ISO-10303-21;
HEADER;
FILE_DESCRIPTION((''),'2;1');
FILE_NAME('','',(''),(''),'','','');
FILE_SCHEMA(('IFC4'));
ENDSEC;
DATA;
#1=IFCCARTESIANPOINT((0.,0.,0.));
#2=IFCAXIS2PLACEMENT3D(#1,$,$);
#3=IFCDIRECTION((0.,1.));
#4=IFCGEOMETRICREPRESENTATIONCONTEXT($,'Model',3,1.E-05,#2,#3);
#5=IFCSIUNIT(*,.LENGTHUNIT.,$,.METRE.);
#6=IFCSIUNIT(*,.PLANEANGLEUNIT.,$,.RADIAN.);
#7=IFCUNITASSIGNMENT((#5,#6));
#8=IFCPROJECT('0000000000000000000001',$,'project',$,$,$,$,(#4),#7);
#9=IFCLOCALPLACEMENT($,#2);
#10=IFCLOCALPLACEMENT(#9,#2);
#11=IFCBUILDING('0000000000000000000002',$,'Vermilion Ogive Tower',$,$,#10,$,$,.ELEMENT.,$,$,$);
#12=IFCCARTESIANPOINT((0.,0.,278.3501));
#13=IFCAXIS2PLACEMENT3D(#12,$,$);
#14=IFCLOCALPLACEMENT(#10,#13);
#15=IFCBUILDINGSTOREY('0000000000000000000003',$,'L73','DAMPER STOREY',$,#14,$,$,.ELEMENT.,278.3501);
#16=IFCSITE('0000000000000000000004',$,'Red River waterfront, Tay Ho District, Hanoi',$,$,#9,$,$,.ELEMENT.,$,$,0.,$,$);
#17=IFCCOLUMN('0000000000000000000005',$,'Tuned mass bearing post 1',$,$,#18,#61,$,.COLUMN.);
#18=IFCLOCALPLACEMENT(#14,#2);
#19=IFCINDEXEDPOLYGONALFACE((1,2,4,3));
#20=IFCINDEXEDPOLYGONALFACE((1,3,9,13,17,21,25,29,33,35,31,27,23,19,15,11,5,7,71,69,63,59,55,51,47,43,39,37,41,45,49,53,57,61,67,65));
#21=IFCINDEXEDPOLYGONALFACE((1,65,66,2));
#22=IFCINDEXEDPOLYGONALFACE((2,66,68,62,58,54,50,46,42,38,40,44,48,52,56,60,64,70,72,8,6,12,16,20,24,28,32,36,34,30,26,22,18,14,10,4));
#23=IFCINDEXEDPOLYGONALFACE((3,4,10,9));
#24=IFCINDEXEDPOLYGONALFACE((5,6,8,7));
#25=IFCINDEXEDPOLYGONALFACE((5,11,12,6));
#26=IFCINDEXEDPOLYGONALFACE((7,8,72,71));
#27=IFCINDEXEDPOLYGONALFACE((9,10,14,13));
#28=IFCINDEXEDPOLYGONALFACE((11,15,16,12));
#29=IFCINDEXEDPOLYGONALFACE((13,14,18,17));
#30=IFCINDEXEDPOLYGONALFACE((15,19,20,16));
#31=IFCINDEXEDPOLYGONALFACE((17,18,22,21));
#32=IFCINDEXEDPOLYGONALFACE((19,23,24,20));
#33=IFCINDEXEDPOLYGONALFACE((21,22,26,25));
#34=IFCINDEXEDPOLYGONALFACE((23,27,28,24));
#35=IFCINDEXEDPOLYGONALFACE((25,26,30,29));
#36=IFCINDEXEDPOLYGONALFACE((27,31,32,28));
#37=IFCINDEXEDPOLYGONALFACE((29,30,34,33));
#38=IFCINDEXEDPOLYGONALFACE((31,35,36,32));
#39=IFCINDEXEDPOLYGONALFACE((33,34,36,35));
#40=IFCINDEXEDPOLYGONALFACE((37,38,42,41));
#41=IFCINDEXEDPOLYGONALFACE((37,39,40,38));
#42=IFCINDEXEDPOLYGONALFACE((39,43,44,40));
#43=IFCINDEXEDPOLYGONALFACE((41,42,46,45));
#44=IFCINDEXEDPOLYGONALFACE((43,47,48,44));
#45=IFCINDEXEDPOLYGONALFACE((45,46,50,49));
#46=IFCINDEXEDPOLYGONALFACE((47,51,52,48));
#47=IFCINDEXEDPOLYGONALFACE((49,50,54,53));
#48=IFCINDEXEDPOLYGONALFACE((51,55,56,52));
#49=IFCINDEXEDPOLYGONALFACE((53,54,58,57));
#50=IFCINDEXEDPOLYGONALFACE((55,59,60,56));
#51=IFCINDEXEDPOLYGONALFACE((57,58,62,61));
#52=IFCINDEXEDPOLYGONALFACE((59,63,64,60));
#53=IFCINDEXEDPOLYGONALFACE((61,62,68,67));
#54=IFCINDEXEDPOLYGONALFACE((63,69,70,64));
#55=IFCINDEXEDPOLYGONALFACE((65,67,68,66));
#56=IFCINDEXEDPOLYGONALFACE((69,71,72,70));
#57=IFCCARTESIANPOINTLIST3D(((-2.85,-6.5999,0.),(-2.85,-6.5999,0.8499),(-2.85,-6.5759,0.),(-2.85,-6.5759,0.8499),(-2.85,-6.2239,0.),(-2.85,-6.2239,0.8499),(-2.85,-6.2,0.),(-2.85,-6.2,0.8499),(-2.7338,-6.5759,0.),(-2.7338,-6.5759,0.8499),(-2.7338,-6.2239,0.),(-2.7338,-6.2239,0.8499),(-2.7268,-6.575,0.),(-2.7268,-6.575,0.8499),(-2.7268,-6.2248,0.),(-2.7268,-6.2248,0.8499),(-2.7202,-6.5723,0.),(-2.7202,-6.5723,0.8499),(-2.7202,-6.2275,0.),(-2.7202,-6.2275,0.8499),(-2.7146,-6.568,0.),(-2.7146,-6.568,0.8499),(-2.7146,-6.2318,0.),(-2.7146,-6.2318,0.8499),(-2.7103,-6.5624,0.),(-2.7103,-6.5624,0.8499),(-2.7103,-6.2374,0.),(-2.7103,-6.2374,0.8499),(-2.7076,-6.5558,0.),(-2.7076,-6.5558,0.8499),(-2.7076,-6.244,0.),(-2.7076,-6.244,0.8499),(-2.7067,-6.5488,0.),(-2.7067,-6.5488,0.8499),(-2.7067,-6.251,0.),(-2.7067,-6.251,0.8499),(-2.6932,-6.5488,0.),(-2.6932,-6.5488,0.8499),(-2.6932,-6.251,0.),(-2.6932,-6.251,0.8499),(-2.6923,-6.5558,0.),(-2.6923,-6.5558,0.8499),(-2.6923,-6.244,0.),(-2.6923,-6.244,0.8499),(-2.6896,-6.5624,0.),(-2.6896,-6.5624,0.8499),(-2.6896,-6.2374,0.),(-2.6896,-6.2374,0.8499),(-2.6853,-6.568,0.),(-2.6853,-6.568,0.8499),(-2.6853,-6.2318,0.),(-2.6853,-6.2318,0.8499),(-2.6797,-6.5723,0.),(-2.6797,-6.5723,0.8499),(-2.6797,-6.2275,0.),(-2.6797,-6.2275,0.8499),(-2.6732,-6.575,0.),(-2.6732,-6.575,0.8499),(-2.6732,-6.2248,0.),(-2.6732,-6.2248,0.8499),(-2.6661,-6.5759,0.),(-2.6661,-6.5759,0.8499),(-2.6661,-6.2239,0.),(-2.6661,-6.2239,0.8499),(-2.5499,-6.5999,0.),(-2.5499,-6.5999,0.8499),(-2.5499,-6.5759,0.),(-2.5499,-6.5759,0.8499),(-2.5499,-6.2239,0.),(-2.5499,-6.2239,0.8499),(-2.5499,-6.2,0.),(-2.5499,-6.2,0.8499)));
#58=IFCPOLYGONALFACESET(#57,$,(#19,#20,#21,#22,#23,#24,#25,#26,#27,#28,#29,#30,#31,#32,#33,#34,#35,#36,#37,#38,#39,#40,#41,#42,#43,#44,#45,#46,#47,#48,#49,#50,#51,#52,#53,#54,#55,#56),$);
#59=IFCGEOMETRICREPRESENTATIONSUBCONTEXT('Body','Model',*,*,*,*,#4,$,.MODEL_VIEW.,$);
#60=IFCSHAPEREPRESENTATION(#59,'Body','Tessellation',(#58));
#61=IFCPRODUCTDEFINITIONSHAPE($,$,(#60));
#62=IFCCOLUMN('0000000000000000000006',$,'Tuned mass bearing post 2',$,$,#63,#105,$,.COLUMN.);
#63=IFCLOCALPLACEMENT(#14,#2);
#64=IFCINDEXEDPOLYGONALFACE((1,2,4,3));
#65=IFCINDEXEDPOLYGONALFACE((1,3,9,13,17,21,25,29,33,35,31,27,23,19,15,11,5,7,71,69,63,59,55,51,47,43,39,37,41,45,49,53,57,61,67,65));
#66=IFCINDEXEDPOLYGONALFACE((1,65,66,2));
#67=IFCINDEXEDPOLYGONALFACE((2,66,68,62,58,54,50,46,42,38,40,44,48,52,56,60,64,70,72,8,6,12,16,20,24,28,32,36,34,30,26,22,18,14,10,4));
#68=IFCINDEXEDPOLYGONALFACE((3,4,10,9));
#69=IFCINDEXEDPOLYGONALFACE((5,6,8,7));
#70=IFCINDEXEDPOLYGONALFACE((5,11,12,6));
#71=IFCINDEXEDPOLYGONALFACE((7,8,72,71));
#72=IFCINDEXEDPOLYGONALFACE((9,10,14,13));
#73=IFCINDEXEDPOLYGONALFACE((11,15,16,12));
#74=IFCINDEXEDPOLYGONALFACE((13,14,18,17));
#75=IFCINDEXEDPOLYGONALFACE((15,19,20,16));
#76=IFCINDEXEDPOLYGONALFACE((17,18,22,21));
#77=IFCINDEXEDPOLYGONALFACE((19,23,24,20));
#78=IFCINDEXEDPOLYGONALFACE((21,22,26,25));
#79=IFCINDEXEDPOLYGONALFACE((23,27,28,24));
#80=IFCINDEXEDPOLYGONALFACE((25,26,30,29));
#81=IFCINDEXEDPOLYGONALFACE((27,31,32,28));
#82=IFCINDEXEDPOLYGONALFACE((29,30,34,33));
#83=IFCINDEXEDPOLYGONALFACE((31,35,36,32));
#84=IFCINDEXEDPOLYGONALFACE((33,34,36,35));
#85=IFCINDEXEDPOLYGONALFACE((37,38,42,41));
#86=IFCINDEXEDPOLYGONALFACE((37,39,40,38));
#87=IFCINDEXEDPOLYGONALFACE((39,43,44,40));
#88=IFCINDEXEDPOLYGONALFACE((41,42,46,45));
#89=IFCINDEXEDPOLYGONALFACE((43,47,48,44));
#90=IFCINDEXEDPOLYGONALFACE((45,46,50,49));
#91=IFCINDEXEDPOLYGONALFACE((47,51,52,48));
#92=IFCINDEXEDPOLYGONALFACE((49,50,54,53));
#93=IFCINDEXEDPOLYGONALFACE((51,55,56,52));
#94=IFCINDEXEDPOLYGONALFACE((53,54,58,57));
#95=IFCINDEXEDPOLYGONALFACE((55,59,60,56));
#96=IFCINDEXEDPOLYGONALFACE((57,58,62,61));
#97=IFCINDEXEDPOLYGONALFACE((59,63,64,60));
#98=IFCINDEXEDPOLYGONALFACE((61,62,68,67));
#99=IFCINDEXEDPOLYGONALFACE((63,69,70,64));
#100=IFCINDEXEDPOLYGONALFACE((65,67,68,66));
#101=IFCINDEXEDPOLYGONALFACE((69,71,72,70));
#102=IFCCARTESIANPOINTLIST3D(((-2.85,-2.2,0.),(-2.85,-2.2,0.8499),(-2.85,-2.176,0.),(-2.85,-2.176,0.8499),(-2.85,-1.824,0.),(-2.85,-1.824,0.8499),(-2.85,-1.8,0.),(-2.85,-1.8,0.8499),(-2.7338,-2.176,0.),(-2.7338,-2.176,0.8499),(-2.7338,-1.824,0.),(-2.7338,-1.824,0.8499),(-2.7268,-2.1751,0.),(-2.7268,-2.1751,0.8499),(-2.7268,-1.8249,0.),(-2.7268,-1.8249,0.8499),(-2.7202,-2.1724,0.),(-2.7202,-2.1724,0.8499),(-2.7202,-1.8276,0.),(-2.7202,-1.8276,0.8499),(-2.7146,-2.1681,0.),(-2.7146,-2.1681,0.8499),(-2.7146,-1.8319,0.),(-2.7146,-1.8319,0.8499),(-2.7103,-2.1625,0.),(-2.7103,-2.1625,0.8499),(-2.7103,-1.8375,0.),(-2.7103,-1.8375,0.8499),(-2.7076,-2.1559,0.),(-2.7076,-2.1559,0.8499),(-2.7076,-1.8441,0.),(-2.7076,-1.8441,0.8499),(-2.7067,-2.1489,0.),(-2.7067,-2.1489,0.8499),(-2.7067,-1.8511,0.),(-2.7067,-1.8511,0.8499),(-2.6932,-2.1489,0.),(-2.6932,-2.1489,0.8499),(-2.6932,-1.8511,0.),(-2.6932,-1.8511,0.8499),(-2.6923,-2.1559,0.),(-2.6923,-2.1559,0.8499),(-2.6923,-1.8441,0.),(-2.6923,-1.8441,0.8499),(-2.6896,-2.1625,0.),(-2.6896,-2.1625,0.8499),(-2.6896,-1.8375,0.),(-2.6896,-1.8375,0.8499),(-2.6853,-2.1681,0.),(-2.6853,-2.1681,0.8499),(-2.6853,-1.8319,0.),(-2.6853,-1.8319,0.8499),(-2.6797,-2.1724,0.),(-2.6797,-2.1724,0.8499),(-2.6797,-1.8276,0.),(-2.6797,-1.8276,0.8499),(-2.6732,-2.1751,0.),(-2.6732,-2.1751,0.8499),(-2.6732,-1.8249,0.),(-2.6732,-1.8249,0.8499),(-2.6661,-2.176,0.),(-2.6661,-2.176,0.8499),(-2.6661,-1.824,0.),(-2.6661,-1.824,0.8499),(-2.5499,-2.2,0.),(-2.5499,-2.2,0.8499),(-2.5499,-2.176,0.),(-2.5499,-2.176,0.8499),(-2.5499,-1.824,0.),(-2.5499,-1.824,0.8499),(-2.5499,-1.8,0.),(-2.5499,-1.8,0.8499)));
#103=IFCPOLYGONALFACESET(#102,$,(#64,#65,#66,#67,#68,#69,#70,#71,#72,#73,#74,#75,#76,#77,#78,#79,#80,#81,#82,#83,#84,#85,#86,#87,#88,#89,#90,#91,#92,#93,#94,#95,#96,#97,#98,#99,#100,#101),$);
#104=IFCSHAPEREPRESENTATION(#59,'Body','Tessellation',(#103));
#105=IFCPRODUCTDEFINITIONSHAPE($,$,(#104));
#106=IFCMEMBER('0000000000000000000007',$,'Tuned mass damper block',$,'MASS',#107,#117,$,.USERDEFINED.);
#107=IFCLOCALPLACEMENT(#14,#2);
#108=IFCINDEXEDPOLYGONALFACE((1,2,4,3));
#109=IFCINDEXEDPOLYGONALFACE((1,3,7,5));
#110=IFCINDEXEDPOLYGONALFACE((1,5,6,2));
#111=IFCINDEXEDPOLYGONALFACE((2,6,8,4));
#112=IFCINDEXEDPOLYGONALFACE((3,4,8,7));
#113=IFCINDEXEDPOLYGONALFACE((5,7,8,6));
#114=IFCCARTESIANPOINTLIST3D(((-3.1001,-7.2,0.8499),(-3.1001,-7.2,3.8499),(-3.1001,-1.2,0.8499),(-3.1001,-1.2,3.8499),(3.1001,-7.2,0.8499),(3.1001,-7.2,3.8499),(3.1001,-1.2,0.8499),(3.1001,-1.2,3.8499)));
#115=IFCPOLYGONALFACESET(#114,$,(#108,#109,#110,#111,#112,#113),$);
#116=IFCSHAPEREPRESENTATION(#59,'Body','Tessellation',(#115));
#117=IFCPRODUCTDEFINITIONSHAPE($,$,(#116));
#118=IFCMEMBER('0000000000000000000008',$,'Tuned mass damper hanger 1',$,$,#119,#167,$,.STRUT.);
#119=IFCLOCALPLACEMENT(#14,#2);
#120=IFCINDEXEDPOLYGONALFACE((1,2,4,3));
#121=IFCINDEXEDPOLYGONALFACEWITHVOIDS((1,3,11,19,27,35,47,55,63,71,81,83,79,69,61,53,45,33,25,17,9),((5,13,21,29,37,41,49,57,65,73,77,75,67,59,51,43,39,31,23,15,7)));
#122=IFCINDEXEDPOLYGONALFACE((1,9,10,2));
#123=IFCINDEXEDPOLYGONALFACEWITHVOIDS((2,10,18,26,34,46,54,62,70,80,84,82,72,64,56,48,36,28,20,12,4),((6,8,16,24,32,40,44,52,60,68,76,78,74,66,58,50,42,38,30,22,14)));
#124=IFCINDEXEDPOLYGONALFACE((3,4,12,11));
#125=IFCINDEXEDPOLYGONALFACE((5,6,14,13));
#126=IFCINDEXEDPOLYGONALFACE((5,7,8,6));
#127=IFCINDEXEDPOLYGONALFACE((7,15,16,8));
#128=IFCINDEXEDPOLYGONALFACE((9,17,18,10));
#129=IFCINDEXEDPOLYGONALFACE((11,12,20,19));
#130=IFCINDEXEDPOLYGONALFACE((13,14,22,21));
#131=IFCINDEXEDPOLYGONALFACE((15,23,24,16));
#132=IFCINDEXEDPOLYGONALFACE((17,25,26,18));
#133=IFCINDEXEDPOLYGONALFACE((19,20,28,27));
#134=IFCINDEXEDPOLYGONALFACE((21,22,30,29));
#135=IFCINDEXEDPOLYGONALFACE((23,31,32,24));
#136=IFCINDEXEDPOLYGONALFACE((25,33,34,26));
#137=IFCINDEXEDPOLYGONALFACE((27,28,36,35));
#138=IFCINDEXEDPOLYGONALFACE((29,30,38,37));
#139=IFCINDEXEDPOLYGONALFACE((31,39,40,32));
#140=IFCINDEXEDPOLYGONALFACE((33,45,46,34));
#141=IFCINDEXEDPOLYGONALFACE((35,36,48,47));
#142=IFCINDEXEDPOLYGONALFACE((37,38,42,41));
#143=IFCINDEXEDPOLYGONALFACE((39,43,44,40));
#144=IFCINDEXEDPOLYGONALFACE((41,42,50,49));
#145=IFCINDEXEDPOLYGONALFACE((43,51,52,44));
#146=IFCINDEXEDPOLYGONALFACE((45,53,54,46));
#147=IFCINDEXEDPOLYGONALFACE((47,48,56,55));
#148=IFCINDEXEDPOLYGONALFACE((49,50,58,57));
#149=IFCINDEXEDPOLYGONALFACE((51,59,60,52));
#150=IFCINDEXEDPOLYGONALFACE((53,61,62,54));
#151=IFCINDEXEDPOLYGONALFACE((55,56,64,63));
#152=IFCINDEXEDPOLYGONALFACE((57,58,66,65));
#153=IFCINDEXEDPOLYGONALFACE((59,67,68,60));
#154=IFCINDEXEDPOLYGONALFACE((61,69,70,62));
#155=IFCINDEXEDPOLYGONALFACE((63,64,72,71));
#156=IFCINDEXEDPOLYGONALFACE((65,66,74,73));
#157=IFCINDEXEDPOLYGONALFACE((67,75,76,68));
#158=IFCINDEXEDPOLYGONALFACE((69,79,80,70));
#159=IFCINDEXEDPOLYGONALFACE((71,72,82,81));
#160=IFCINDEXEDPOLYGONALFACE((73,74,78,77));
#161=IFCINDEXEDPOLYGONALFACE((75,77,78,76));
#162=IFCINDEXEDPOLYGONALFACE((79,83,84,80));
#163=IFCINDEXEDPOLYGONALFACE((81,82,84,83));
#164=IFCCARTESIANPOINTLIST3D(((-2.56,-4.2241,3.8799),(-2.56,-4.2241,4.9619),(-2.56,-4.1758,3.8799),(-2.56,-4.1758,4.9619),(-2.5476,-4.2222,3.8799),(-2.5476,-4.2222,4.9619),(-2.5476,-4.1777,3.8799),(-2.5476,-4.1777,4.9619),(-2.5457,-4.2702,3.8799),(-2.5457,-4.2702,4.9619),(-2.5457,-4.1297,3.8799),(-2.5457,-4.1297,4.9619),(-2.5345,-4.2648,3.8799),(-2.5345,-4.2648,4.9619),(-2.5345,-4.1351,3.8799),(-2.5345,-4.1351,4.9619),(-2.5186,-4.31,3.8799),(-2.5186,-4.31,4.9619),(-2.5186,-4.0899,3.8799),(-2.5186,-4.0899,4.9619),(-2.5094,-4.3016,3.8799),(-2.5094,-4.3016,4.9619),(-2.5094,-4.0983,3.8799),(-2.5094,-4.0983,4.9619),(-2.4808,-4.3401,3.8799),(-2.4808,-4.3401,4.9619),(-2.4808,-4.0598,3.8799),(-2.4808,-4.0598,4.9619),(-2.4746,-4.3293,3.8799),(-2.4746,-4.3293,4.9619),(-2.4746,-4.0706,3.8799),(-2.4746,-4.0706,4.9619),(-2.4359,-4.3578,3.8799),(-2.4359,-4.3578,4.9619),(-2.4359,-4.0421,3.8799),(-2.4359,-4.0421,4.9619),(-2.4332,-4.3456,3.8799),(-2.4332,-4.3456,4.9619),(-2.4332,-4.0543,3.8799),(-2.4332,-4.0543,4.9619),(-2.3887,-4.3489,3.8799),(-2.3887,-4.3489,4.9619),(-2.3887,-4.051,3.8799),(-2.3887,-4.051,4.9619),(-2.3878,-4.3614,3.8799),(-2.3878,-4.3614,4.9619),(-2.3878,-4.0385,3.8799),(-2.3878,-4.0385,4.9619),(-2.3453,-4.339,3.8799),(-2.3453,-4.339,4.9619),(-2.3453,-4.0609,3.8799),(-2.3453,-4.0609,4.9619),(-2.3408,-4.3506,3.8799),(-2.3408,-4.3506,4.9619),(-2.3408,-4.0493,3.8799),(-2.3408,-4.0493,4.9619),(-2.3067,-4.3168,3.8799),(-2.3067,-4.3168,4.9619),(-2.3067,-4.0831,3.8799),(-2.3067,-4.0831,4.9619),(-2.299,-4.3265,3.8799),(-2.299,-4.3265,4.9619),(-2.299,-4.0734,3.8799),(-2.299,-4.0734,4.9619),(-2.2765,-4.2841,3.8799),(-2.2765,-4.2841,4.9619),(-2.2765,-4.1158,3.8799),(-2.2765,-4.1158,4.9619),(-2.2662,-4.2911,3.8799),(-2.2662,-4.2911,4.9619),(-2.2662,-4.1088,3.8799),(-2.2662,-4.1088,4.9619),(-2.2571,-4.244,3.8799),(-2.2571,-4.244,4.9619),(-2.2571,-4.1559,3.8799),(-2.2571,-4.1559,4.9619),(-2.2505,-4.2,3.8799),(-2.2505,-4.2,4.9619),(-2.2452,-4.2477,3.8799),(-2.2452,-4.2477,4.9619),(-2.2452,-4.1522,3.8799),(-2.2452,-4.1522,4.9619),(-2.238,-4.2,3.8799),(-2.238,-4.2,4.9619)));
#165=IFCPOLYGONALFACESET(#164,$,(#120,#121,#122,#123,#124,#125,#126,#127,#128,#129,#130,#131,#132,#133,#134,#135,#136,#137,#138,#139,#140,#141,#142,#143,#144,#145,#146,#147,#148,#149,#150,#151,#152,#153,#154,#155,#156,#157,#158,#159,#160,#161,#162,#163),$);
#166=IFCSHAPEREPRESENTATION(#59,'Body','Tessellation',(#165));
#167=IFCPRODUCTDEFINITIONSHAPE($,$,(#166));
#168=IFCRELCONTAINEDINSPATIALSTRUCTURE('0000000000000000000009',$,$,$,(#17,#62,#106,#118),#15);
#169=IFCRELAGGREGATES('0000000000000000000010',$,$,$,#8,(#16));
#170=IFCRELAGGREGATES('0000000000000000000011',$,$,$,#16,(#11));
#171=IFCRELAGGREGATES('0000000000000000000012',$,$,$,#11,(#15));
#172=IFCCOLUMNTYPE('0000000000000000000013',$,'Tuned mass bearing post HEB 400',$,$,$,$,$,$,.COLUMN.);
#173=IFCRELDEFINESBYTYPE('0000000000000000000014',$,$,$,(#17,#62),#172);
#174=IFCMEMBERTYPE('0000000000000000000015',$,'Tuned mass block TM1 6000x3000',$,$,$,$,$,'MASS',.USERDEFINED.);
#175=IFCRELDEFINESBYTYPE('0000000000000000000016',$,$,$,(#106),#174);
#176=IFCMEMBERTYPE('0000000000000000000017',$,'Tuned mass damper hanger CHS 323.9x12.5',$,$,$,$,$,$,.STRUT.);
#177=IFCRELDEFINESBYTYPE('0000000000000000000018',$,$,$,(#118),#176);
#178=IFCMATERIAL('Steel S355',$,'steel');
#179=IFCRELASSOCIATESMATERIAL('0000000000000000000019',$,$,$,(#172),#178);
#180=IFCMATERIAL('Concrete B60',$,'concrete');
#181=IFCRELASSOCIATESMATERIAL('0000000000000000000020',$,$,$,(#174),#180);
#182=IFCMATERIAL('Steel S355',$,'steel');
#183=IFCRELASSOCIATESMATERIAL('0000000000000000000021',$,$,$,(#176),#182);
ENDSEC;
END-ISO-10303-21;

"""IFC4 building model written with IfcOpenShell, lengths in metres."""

from ifc_helpers import new_model, si_unit, direction, frame, origin, origin_2d, place, context, subcontext, project, spatial, rectangle, hollow_circle, i_section, extrude, material, material_profile, profile_set, type_object, element, save


model = new_model("IFC4")

# Units and contexts
model_context = context("Model", 3, precision=1e-05, world=origin(), true_north=direction((0.0, 1.0)))
body_context = subcontext(model_context, "Body", "Model", "MODEL_VIEW")
ifc_project = project(units=[si_unit("LENGTHUNIT", "METRE"), si_unit("PLANEANGLEUNIT", "RADIAN")], contexts=[model_context])

# Site, building, storey
site_placement = place(None, origin())
site = spatial("IfcSite", under=ifc_project, at=site_placement, Name="Red River waterfront, Tay Ho District, Hanoi", CompositionType="ELEMENT", RefElevation=0.0)
building_placement = place(site_placement, origin())
building = spatial("IfcBuilding", under=site, at=building_placement, Name="Vermilion Ogive Tower", CompositionType="ELEMENT")
storey_placement = place(building_placement, frame((0.0, 0.0, 278.3501)))
storey = spatial("IfcBuildingStorey", under=building, at=storey_placement, Name="L73", Description="DAMPER STOREY", CompositionType="ELEMENT", Elevation=278.3501)

# Columns
ifc_material_1 = material(Name="Steel S355", Category="steel")
ifc_material_profile_1 = material_profile(ifc_material_1, i_section(OverallWidth=0.3, OverallDepth=0.3999, WebThickness=0.0134, FlangeThickness=0.0239, FilletRadius=0.0271, at=origin_2d()), Name="HEB 400")
ifc_profile_set_1 = profile_set([ifc_material_profile_1], Name="Steel S355")
column_type = type_object("IfcColumnType", Name="Tuned mass bearing post HEB 400", PredefinedType="COLUMN", material=ifc_profile_set_1)
for number, where, z_axis, x_axis, name in (
    (1, (-2.7, -6.3999, 0.0), (0.0, 0.0, 1.0), (1.0, 0.0, 0.0), "Tuned mass bearing post 1"),
    (2, (-2.7, -2.0, 0.0), (0.0, 0.0, 1.0), (1.0, 0.0, 0.0), "Tuned mass bearing post 2"),
):
    element("IfcColumn", number, at=place(storey_placement, frame(where, z_axis=z_axis, x_axis=x_axis)), inside=storey, type_object=column_type, Name=name, PredefinedType="COLUMN", context=body_context, shape_type="SweptSolid", body=[
        extrude(i_section(OverallWidth=0.3, OverallDepth=0.3999, WebThickness=0.0134, FlangeThickness=0.0239, FilletRadius=0.0271, at=origin_2d()), origin(), (0.0, 0.0, 1.0), 0.8499),
    ])

# Members
ifc_material_2 = material(Name="Concrete B60", Category="concrete")
ifc_material_profile_2 = material_profile(ifc_material_2, rectangle(XDim=6.0, YDim=3.0, at=origin_2d()), Name="RC 6000x3000")
ifc_profile_set_2 = profile_set([ifc_material_profile_2], Name="Concrete B60")
member_type_1 = type_object("IfcMemberType", Name="Tuned mass block TM1 6000x3000", ElementType="MASS", PredefinedType="USERDEFINED", material=ifc_profile_set_2)
member_placement = place(storey_placement, frame((-3.1001, -4.2, 2.3499), z_axis=(1.0, 0.0, 0.0), x_axis=(0.0, 1.0, 0.0)))
element("IfcMember", 3, at=member_placement, inside=storey, type_object=member_type_1, Name="Tuned mass damper block", ObjectType="MASS", PredefinedType="USERDEFINED", context=body_context, shape_type="SweptSolid", body=[
    extrude(rectangle(XDim=6.0, YDim=3.0, at=origin_2d()), origin(), (0.0, 0.0, 1.0), 6.2002),
])
ifc_material_3 = material(Name="Steel S355", Category="steel")
ifc_material_profile_3 = material_profile(ifc_material_3, hollow_circle(Radius=0.1619, WallThickness=0.0125, at=origin_2d()), Name="CHS 323.9x12.5")
ifc_profile_set_3 = profile_set([ifc_material_profile_3], Name="Steel S355")
member_type_2 = type_object("IfcMemberType", Name="Tuned mass damper hanger CHS 323.9x12.5", PredefinedType="STRUT", material=ifc_profile_set_3)
for number, where, z_axis, x_axis, name in (
    (4, (-2.3999, -4.2, 3.8799), (0.0, 0.0, 1.0), (1.0, 0.0, 0.0), "Tuned mass damper hanger 1"),
):
    element("IfcMember", number, at=place(storey_placement, frame(where, z_axis=z_axis, x_axis=x_axis)), inside=storey, type_object=member_type_2, Name=name, PredefinedType="STRUT", context=body_context, shape_type="SweptSolid", body=[
        extrude(hollow_circle(Radius=0.1619, WallThickness=0.0125, at=origin_2d()), origin(), (0.0, 0.0, 1.0), 1.082),
    ])

save(model, "model.ifc")
